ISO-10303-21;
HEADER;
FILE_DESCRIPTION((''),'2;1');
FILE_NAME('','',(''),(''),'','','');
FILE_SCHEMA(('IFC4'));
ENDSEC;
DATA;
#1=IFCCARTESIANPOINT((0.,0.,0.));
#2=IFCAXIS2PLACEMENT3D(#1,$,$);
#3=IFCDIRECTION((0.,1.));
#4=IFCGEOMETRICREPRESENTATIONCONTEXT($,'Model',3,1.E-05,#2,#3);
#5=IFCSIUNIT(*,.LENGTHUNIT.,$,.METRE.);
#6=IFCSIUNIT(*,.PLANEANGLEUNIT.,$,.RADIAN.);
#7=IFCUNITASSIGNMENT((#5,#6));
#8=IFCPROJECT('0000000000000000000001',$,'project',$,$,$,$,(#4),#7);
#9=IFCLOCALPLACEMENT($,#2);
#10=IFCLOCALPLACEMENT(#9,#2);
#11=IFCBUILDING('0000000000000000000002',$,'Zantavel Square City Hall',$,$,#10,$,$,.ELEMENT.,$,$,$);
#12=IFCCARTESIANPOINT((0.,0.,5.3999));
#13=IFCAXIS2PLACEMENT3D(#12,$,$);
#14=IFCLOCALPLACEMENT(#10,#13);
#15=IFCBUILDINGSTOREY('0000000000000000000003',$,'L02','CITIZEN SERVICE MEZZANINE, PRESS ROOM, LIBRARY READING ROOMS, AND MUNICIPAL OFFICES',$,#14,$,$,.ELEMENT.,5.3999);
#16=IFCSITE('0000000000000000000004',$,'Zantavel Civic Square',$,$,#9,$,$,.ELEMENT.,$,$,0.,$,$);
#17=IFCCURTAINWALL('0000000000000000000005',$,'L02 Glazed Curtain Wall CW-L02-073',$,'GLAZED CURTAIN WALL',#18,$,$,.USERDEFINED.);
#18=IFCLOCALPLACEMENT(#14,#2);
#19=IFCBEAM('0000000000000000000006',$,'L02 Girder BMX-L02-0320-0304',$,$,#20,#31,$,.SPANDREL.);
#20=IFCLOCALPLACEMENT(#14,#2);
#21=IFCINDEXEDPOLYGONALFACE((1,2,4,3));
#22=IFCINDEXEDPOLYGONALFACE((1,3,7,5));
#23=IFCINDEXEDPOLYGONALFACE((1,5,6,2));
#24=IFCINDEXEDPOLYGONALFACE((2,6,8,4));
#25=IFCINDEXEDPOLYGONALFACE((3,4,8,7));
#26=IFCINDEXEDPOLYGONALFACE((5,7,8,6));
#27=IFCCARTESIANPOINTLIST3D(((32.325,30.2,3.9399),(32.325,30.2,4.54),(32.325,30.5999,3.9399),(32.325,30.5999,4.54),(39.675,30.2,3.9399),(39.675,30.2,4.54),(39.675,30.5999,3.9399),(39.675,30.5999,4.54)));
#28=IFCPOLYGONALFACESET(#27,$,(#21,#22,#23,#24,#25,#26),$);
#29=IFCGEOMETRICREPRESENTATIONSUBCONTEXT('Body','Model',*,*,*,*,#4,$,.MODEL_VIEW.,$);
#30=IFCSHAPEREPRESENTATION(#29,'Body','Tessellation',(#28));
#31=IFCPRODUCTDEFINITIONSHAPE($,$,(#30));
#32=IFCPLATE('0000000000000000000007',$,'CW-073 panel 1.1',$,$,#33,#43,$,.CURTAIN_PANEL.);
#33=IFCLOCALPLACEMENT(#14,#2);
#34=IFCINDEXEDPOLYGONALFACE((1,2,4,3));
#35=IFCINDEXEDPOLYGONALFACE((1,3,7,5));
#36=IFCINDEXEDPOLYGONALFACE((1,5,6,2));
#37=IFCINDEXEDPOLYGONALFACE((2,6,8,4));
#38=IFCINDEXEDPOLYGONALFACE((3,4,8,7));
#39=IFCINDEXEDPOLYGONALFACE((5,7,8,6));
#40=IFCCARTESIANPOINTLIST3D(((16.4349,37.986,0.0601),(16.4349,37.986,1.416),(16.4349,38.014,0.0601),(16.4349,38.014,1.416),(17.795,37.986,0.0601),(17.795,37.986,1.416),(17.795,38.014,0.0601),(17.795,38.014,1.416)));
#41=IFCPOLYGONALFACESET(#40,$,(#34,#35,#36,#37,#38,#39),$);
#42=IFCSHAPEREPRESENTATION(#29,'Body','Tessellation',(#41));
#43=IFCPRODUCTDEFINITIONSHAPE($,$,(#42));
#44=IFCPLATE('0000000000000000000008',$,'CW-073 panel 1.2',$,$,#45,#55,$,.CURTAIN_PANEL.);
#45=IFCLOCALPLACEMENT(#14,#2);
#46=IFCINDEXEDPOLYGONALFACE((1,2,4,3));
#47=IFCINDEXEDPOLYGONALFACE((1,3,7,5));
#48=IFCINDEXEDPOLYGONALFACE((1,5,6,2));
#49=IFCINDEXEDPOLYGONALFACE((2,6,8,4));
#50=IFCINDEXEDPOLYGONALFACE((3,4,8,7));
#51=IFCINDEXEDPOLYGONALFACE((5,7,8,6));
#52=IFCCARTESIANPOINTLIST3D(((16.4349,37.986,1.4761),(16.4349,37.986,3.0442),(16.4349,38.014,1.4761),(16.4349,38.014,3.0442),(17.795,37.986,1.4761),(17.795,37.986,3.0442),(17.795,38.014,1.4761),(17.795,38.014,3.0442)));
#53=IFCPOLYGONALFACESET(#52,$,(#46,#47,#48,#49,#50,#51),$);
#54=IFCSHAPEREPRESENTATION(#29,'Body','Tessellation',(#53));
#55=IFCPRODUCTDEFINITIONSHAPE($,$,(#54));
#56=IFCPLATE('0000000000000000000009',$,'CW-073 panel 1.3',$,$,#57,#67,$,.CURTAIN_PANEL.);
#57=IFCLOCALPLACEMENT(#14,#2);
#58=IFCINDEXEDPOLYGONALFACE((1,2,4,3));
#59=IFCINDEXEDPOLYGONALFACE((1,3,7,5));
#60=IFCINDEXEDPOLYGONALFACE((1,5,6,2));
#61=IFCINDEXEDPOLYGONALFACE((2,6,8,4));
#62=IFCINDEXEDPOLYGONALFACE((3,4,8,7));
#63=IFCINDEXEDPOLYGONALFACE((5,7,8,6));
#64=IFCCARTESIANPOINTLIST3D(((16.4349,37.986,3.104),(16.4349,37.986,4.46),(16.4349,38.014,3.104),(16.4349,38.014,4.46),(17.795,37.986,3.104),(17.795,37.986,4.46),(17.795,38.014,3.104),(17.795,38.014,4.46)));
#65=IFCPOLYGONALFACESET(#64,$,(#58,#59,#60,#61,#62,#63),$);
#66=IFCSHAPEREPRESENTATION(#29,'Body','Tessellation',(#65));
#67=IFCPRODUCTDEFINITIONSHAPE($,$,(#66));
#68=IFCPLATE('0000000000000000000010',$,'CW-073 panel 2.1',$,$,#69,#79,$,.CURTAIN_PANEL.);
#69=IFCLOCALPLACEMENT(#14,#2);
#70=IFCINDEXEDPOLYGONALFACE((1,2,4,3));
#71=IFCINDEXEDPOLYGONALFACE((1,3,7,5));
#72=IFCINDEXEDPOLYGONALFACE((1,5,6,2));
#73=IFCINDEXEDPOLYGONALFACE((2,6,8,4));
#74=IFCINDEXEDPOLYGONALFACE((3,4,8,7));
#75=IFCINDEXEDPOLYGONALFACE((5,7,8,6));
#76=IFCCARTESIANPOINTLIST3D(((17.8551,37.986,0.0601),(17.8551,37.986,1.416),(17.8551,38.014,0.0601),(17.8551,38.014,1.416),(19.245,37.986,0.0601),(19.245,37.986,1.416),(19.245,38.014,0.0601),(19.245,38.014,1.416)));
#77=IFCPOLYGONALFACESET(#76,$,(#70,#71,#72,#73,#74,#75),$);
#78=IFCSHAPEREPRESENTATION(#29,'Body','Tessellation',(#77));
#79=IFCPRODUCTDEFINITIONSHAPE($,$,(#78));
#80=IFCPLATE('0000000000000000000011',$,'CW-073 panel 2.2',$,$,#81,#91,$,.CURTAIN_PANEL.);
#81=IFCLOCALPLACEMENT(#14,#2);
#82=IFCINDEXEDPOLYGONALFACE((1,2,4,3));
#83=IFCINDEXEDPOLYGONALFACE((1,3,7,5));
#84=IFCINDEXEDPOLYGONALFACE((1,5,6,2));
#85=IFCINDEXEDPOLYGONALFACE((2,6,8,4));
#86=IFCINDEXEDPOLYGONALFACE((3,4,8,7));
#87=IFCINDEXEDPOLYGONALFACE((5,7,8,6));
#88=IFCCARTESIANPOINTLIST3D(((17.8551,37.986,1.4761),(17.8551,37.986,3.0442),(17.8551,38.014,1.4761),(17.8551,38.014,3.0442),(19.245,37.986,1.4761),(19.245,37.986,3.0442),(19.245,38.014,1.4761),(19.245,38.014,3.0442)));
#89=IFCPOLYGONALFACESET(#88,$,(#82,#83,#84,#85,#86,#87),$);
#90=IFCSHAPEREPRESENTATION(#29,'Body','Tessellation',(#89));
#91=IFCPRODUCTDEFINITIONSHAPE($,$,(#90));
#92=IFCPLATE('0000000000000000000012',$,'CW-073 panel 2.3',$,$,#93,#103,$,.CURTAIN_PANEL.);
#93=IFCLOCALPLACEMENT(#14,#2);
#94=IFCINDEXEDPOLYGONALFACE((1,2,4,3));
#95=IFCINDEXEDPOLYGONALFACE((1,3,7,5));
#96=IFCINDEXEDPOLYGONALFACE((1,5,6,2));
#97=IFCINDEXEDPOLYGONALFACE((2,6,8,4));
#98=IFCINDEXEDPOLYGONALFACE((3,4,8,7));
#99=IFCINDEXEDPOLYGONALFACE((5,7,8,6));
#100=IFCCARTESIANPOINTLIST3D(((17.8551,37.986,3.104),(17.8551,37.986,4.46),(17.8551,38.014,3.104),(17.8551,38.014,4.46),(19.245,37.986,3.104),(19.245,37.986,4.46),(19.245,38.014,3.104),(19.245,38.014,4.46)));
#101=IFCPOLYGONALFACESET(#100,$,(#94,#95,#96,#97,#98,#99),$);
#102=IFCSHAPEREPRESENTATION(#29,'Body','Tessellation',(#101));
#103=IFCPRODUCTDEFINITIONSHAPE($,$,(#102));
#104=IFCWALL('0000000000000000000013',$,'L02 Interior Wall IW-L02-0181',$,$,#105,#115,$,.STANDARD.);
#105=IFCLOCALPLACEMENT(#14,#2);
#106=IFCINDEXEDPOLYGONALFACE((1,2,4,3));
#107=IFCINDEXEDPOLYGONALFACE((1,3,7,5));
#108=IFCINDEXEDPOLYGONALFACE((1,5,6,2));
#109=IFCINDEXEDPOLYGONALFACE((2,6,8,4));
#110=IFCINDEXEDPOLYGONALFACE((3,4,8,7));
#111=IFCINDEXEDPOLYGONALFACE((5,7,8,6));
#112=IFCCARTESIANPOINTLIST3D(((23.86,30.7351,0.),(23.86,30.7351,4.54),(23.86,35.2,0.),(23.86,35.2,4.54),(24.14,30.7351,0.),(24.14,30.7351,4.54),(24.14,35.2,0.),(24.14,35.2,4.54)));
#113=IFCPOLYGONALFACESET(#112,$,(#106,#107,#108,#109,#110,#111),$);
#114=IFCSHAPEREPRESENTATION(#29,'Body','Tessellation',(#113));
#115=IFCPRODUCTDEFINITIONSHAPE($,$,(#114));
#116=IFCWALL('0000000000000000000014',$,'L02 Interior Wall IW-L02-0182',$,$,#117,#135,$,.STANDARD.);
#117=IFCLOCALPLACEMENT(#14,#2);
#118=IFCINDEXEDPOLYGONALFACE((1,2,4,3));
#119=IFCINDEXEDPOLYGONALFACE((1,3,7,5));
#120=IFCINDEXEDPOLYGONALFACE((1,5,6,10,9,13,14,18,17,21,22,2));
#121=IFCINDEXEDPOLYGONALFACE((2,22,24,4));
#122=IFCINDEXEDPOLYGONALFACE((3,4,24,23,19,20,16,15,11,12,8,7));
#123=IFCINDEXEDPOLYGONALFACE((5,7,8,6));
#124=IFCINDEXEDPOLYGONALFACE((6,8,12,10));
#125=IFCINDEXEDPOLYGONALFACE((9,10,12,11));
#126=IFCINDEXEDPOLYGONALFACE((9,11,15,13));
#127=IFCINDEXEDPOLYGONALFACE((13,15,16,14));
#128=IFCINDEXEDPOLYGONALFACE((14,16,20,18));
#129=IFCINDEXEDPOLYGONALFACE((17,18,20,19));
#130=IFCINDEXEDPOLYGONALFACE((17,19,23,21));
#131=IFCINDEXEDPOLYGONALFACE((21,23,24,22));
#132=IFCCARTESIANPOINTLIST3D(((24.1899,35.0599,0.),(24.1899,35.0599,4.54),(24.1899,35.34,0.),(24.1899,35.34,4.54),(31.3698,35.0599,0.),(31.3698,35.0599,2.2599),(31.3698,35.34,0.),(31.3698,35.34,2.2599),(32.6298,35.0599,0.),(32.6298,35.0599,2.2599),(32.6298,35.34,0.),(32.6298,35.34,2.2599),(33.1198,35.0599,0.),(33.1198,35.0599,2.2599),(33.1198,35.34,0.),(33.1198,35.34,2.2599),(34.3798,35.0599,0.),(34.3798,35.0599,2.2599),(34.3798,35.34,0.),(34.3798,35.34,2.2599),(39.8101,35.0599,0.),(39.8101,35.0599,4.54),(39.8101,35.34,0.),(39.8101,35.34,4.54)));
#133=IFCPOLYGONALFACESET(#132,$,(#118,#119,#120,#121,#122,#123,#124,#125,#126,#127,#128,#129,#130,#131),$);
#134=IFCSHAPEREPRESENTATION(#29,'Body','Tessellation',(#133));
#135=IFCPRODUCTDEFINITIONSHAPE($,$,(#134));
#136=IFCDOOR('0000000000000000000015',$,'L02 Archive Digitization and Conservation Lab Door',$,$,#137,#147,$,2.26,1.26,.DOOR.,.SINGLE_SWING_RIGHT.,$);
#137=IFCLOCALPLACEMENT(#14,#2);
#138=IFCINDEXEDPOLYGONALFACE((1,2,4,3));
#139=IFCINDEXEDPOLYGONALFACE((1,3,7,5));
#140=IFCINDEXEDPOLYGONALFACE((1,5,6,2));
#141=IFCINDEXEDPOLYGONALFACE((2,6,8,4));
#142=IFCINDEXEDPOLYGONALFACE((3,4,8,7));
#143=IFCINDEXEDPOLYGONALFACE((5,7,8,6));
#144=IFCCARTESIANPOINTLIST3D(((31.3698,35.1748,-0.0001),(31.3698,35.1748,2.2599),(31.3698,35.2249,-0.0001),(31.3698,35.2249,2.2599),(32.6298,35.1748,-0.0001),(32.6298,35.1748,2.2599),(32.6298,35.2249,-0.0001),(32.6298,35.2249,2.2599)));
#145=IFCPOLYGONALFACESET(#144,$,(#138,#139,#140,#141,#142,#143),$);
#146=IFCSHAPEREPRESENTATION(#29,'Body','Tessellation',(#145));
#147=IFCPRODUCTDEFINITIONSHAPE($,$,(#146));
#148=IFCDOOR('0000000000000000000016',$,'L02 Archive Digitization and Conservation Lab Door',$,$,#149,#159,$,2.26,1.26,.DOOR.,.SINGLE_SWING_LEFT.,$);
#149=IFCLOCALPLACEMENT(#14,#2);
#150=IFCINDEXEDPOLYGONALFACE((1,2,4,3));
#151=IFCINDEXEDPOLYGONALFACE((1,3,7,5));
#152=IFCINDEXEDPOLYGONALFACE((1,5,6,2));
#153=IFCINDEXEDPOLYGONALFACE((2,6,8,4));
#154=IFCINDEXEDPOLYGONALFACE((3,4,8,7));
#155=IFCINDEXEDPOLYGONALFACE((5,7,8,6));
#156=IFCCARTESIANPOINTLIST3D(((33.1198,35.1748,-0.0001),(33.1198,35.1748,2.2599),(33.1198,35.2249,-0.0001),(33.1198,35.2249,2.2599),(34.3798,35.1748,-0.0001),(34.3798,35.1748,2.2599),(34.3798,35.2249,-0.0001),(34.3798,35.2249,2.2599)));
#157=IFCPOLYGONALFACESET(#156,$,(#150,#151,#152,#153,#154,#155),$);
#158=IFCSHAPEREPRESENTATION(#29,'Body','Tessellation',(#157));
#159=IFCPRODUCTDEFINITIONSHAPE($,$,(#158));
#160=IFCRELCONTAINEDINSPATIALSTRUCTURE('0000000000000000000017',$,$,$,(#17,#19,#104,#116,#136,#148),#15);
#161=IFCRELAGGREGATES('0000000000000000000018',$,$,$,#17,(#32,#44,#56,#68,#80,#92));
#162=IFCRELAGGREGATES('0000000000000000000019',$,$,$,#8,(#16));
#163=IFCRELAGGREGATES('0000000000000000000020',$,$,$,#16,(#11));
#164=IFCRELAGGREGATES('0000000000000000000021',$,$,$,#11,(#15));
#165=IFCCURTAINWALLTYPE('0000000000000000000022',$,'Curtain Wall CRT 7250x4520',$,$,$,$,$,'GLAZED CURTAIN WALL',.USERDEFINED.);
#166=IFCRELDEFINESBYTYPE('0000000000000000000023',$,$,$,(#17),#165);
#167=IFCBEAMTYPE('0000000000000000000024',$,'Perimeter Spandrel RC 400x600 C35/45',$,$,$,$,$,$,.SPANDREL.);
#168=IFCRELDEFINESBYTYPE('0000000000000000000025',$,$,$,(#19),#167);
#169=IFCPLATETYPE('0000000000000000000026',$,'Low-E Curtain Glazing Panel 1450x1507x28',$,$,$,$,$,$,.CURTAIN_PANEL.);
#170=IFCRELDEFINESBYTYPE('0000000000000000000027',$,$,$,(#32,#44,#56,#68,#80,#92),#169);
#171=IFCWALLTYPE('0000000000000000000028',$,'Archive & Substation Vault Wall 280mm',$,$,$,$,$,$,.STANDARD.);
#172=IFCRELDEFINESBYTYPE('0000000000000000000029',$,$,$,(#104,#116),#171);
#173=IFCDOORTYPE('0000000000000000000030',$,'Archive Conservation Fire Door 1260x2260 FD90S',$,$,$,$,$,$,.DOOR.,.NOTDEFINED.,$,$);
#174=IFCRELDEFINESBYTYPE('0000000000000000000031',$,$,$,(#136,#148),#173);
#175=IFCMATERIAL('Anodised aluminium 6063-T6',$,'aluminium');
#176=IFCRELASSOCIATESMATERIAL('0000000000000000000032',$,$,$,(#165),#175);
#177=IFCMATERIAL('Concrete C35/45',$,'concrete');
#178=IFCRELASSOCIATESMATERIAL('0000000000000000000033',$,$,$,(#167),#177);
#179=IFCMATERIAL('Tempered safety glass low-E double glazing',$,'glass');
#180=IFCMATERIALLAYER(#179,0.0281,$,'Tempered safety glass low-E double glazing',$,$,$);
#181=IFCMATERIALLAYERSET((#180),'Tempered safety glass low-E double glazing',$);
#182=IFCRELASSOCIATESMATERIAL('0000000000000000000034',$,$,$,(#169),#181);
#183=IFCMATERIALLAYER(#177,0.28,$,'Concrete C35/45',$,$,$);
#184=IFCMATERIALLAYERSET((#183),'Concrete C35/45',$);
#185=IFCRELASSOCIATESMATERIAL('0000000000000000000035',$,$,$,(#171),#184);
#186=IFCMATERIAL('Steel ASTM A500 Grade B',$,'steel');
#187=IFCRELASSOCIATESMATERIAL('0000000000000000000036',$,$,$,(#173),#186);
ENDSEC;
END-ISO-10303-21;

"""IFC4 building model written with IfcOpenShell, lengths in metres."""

from ifc_helpers import new_model, si_unit, direction, frame, frame_2d, origin, origin_2d, place, context, subcontext, project, spatial, rectangle, extrude, material, layer, layer_set, material_profile, profile_set, type_object, element, fill, aggregate, save


model = new_model("IFC4")

# Units and contexts
model_context = context("Model", 3, precision=1e-05, world=origin(), true_north=direction((0.0, 1.0)))
body_context = subcontext(model_context, "Body", "Model", "MODEL_VIEW")
ifc_project = project(units=[si_unit("LENGTHUNIT", "METRE"), si_unit("PLANEANGLEUNIT", "RADIAN")], contexts=[model_context])

# Site, building, storey
site_placement = place(None, origin())
site = spatial("IfcSite", under=ifc_project, at=site_placement, Name="Zantavel Civic Square", CompositionType="ELEMENT", RefElevation=0.0)
building_placement = place(site_placement, origin())
building = spatial("IfcBuilding", under=site, at=building_placement, Name="Zantavel Square City Hall", CompositionType="ELEMENT")
storey_placement = place(building_placement, frame((0.0, 0.0, 5.3999)))
storey = spatial("IfcBuildingStorey", under=building, at=storey_placement, Name="L02", Description="CITIZEN SERVICE MEZZANINE, PRESS ROOM, LIBRARY READING ROOMS, AND MUNICIPAL OFFICES", CompositionType="ELEMENT", Elevation=5.3999)

# Curtain wall
ifc_material_1 = material(Name="Anodised aluminium 6063-T6", Category="aluminium")
curtain_wall_type = type_object("IfcCurtainWallType", Name="Curtain Wall CRT 7250x4520", ElementType="GLAZED CURTAIN WALL", PredefinedType="USERDEFINED", material=ifc_material_1)
curtain_wall_placement = place(storey_placement, origin())
curtain_wall = element("IfcCurtainWall", 1, at=curtain_wall_placement, inside=storey, type_object=curtain_wall_type, Name="L02 Glazed Curtain Wall CW-L02-073", ObjectType="GLAZED CURTAIN WALL", PredefinedType="USERDEFINED")

# Beam
ifc_material_2 = material(Name="Concrete C35/45", Category="concrete")
ifc_material_profile_1 = material_profile(ifc_material_2, rectangle(XDim=0.3999, YDim=0.6001, at=origin_2d()), Name="RC 400x600")
ifc_profile_set_1 = profile_set([ifc_material_profile_1], Name="Concrete C35/45")
beam_type = type_object("IfcBeamType", Name="Perimeter Spandrel RC 400x600 C35/45", PredefinedType="SPANDREL", material=ifc_profile_set_1)
beam_placement = place(storey_placement, frame((32.325, 30.3999, 4.24), z_axis=(1.0, 0.0, 0.0), x_axis=(0.0, 1.0, 0.0)))
element("IfcBeam", 2, at=beam_placement, inside=storey, type_object=beam_type, Name="L02 Girder BMX-L02-0320-0304", PredefinedType="SPANDREL", context=body_context, shape_type="SweptSolid", body=[
    extrude(rectangle(XDim=0.3999, YDim=0.6001, at=origin_2d()), origin(), (0.0, 0.0, 1.0), 7.3501),
])

# Plates
ifc_material_3 = material(Name="Tempered safety glass low-E double glazing", Category="glass")
ifc_layer_1 = layer(ifc_material_3, 0.0281, Name="Tempered safety glass low-E double glazing")
ifc_layer_set_1 = layer_set([ifc_layer_1], Name="Tempered safety glass low-E double glazing")
plate_type = type_object("IfcPlateType", Name="Low-E Curtain Glazing Panel 1450x1507x28", PredefinedType="CURTAIN_PANEL", material=ifc_layer_set_1)
plate_1_placement = place(storey_placement, frame((17.115, 38.0, 0.0601), z_axis=(0.0, 0.0, 1.0), x_axis=(1.0, 0.0, 0.0)))
plate_1 = element("IfcPlate", 3, at=plate_1_placement, type_object=plate_type, Name="CW-073 panel 1.1", PredefinedType="CURTAIN_PANEL", context=body_context, shape_type="SweptSolid", body=[
    extrude(rectangle(XDim=1.3601, YDim=0.0281, at=origin_2d()), origin(), (0.0, 0.0, 1.0), 1.356),
])
plate_2_placement = place(storey_placement, frame((17.115, 38.0, 1.4761), z_axis=(0.0, 0.0, 1.0), x_axis=(1.0, 0.0, 0.0)))
plate_2 = element("IfcPlate", 4, at=plate_2_placement, type_object=plate_type, Name="CW-073 panel 1.2", PredefinedType="CURTAIN_PANEL", context=body_context, shape_type="SweptSolid", body=[
    extrude(rectangle(XDim=1.3601, YDim=0.0281, at=origin_2d()), origin(), (0.0, 0.0, 1.0), 1.5681),
])
plate_3_placement = place(storey_placement, frame((17.115, 38.0, 3.104), z_axis=(0.0, 0.0, 1.0), x_axis=(1.0, 0.0, 0.0)))
plate_3 = element("IfcPlate", 5, at=plate_3_placement, type_object=plate_type, Name="CW-073 panel 1.3", PredefinedType="CURTAIN_PANEL", context=body_context, shape_type="SweptSolid", body=[
    extrude(rectangle(XDim=1.3601, YDim=0.0281, at=origin_2d()), origin(), (0.0, 0.0, 1.0), 1.356),
])
plate_4_placement = place(storey_placement, frame((18.55, 38.0, 0.0601), z_axis=(0.0, 0.0, 1.0), x_axis=(1.0, 0.0, 0.0)))
plate_4 = element("IfcPlate", 6, at=plate_4_placement, type_object=plate_type, Name="CW-073 panel 2.1", PredefinedType="CURTAIN_PANEL", context=body_context, shape_type="SweptSolid", body=[
    extrude(rectangle(XDim=1.3899, YDim=0.0281, at=origin_2d()), origin(), (0.0, 0.0, 1.0), 1.356),
])
plate_5_placement = place(storey_placement, frame((18.55, 38.0, 1.4761), z_axis=(0.0, 0.0, 1.0), x_axis=(1.0, 0.0, 0.0)))
plate_5 = element("IfcPlate", 7, at=plate_5_placement, type_object=plate_type, Name="CW-073 panel 2.2", PredefinedType="CURTAIN_PANEL", context=body_context, shape_type="SweptSolid", body=[
    extrude(rectangle(XDim=1.3899, YDim=0.0281, at=origin_2d()), origin(), (0.0, 0.0, 1.0), 1.5681),
])
plate_6_placement = place(storey_placement, frame((18.55, 38.0, 3.104), z_axis=(0.0, 0.0, 1.0), x_axis=(1.0, 0.0, 0.0)))
plate_6 = element("IfcPlate", 8, at=plate_6_placement, type_object=plate_type, Name="CW-073 panel 2.3", PredefinedType="CURTAIN_PANEL", context=body_context, shape_type="SweptSolid", body=[
    extrude(rectangle(XDim=1.3899, YDim=0.0281, at=origin_2d()), origin(), (0.0, 0.0, 1.0), 1.356),
])
aggregate(curtain_wall, [plate_1, plate_2, plate_3, plate_4, plate_5, plate_6])

# Wall
ifc_layer_2 = layer(ifc_material_2, 0.28, Name="Concrete C35/45")
ifc_layer_set_2 = layer_set([ifc_layer_2], Name="Concrete C35/45")
wall_type_1 = type_object("IfcWallType", Name="Archive & Substation Vault Wall 280mm", PredefinedType="STANDARD", material=ifc_layer_set_2)
wall_1_placement = place(storey_placement, frame((24.0, 30.7351, 0.0), z_axis=(0.0, 0.0, 1.0), x_axis=(0.0, 1.0, 0.0)))
element("IfcWall", 9, at=wall_1_placement, inside=storey, type_object=wall_type_1, Name="L02 Interior Wall IW-L02-0181", PredefinedType="STANDARD", context=body_context, shape_type="SweptSolid", body=[
    extrude(rectangle(XDim=4.4648, YDim=0.28, at=frame_2d((2.2324, 0.0))), origin(), (0.0, 0.0, 1.0), 4.54),
])

# Wall, openings, doors
wall_2_placement = place(storey_placement, frame((24.1899, 35.2, 0.0), z_axis=(0.0, 0.0, 1.0), x_axis=(1.0, 0.0, 0.0)))
wall_2 = element("IfcWall", 10, at=wall_2_placement, inside=storey, type_object=wall_type_1, Name="L02 Interior Wall IW-L02-0182", PredefinedType="STANDARD", context=body_context, shape_type="SweptSolid", body=[
    extrude(rectangle(XDim=15.6201, YDim=0.28, at=frame_2d((7.8101, 0.0))), origin(), (0.0, 0.0, 1.0), 4.54),
])
opening_1_placement = place(wall_2_placement, frame((7.1799, 0.0, 0.0)))
opening_1 = element("IfcOpeningElement", 11, at=opening_1_placement, cuts=wall_2, PredefinedType="OPENING", context=body_context, shape_type="SweptSolid", body=[
    extrude(rectangle(XDim=1.26, YDim=2.26, at=frame_2d((0.6299, 1.1299))), frame((0.0, 0.1499, 0.0), z_axis=(0.0, -1.0, 0.0), x_axis=(1.0, 0.0, 0.0)), (0.0, 0.0, 1.0), 0.3),
])
opening_2_placement = place(wall_2_placement, frame((8.9299, 0.0, 0.0)))
opening_2 = element("IfcOpeningElement", 12, at=opening_2_placement, cuts=wall_2, PredefinedType="OPENING", context=body_context, shape_type="SweptSolid", body=[
    extrude(rectangle(XDim=1.26, YDim=2.26, at=frame_2d((0.6299, 1.1299))), frame((0.0, 0.1499, 0.0), z_axis=(0.0, -1.0, 0.0), x_axis=(1.0, 0.0, 0.0)), (0.0, 0.0, 1.0), 0.3),
])
ifc_material_4 = material(Name="Steel ASTM A500 Grade B", Category="steel")
door_type_1 = type_object("IfcDoorType", Name="Archive Conservation Fire Door 1260x2260 FD90S", OperationType="NOTDEFINED", PredefinedType="DOOR", material=ifc_material_4)
door_1_placement = place(opening_1_placement, origin())
door_1 = element("IfcDoor", 13, at=door_1_placement, inside=storey, type_object=door_type_1, Name="L02 Archive Digitization and Conservation Lab Door", OperationType="SINGLE_SWING_RIGHT", OverallHeight=2.26, OverallWidth=1.26, PredefinedType="DOOR", context=body_context, shape_type="SweptSolid", body=[
    extrude(rectangle(XDim=1.26, YDim=2.26, at=frame_2d((0.6299, 1.1299))), frame((0.0, 0.0249, 0.0), z_axis=(0.0, -1.0, 0.0), x_axis=(1.0, 0.0, 0.0)), (0.0, 0.0, 1.0), 0.05),
])
fill(opening_1, door_1)
door_2_placement = place(opening_2_placement, origin())
door_2 = element("IfcDoor", 14, at=door_2_placement, inside=storey, type_object=door_type_1, Name="L02 Archive Digitization and Conservation Lab Door", OperationType="SINGLE_SWING_LEFT", OverallHeight=2.26, OverallWidth=1.26, PredefinedType="DOOR", context=body_context, shape_type="SweptSolid", body=[
    extrude(rectangle(XDim=1.26, YDim=2.26, at=frame_2d((0.6299, 1.1299))), frame((0.0, 0.0249, 0.0), z_axis=(0.0, -1.0, 0.0), x_axis=(1.0, 0.0, 0.0)), (0.0, 0.0, 1.0), 0.05),
])
fill(opening_2, door_2)

save(model, "model.ifc")
